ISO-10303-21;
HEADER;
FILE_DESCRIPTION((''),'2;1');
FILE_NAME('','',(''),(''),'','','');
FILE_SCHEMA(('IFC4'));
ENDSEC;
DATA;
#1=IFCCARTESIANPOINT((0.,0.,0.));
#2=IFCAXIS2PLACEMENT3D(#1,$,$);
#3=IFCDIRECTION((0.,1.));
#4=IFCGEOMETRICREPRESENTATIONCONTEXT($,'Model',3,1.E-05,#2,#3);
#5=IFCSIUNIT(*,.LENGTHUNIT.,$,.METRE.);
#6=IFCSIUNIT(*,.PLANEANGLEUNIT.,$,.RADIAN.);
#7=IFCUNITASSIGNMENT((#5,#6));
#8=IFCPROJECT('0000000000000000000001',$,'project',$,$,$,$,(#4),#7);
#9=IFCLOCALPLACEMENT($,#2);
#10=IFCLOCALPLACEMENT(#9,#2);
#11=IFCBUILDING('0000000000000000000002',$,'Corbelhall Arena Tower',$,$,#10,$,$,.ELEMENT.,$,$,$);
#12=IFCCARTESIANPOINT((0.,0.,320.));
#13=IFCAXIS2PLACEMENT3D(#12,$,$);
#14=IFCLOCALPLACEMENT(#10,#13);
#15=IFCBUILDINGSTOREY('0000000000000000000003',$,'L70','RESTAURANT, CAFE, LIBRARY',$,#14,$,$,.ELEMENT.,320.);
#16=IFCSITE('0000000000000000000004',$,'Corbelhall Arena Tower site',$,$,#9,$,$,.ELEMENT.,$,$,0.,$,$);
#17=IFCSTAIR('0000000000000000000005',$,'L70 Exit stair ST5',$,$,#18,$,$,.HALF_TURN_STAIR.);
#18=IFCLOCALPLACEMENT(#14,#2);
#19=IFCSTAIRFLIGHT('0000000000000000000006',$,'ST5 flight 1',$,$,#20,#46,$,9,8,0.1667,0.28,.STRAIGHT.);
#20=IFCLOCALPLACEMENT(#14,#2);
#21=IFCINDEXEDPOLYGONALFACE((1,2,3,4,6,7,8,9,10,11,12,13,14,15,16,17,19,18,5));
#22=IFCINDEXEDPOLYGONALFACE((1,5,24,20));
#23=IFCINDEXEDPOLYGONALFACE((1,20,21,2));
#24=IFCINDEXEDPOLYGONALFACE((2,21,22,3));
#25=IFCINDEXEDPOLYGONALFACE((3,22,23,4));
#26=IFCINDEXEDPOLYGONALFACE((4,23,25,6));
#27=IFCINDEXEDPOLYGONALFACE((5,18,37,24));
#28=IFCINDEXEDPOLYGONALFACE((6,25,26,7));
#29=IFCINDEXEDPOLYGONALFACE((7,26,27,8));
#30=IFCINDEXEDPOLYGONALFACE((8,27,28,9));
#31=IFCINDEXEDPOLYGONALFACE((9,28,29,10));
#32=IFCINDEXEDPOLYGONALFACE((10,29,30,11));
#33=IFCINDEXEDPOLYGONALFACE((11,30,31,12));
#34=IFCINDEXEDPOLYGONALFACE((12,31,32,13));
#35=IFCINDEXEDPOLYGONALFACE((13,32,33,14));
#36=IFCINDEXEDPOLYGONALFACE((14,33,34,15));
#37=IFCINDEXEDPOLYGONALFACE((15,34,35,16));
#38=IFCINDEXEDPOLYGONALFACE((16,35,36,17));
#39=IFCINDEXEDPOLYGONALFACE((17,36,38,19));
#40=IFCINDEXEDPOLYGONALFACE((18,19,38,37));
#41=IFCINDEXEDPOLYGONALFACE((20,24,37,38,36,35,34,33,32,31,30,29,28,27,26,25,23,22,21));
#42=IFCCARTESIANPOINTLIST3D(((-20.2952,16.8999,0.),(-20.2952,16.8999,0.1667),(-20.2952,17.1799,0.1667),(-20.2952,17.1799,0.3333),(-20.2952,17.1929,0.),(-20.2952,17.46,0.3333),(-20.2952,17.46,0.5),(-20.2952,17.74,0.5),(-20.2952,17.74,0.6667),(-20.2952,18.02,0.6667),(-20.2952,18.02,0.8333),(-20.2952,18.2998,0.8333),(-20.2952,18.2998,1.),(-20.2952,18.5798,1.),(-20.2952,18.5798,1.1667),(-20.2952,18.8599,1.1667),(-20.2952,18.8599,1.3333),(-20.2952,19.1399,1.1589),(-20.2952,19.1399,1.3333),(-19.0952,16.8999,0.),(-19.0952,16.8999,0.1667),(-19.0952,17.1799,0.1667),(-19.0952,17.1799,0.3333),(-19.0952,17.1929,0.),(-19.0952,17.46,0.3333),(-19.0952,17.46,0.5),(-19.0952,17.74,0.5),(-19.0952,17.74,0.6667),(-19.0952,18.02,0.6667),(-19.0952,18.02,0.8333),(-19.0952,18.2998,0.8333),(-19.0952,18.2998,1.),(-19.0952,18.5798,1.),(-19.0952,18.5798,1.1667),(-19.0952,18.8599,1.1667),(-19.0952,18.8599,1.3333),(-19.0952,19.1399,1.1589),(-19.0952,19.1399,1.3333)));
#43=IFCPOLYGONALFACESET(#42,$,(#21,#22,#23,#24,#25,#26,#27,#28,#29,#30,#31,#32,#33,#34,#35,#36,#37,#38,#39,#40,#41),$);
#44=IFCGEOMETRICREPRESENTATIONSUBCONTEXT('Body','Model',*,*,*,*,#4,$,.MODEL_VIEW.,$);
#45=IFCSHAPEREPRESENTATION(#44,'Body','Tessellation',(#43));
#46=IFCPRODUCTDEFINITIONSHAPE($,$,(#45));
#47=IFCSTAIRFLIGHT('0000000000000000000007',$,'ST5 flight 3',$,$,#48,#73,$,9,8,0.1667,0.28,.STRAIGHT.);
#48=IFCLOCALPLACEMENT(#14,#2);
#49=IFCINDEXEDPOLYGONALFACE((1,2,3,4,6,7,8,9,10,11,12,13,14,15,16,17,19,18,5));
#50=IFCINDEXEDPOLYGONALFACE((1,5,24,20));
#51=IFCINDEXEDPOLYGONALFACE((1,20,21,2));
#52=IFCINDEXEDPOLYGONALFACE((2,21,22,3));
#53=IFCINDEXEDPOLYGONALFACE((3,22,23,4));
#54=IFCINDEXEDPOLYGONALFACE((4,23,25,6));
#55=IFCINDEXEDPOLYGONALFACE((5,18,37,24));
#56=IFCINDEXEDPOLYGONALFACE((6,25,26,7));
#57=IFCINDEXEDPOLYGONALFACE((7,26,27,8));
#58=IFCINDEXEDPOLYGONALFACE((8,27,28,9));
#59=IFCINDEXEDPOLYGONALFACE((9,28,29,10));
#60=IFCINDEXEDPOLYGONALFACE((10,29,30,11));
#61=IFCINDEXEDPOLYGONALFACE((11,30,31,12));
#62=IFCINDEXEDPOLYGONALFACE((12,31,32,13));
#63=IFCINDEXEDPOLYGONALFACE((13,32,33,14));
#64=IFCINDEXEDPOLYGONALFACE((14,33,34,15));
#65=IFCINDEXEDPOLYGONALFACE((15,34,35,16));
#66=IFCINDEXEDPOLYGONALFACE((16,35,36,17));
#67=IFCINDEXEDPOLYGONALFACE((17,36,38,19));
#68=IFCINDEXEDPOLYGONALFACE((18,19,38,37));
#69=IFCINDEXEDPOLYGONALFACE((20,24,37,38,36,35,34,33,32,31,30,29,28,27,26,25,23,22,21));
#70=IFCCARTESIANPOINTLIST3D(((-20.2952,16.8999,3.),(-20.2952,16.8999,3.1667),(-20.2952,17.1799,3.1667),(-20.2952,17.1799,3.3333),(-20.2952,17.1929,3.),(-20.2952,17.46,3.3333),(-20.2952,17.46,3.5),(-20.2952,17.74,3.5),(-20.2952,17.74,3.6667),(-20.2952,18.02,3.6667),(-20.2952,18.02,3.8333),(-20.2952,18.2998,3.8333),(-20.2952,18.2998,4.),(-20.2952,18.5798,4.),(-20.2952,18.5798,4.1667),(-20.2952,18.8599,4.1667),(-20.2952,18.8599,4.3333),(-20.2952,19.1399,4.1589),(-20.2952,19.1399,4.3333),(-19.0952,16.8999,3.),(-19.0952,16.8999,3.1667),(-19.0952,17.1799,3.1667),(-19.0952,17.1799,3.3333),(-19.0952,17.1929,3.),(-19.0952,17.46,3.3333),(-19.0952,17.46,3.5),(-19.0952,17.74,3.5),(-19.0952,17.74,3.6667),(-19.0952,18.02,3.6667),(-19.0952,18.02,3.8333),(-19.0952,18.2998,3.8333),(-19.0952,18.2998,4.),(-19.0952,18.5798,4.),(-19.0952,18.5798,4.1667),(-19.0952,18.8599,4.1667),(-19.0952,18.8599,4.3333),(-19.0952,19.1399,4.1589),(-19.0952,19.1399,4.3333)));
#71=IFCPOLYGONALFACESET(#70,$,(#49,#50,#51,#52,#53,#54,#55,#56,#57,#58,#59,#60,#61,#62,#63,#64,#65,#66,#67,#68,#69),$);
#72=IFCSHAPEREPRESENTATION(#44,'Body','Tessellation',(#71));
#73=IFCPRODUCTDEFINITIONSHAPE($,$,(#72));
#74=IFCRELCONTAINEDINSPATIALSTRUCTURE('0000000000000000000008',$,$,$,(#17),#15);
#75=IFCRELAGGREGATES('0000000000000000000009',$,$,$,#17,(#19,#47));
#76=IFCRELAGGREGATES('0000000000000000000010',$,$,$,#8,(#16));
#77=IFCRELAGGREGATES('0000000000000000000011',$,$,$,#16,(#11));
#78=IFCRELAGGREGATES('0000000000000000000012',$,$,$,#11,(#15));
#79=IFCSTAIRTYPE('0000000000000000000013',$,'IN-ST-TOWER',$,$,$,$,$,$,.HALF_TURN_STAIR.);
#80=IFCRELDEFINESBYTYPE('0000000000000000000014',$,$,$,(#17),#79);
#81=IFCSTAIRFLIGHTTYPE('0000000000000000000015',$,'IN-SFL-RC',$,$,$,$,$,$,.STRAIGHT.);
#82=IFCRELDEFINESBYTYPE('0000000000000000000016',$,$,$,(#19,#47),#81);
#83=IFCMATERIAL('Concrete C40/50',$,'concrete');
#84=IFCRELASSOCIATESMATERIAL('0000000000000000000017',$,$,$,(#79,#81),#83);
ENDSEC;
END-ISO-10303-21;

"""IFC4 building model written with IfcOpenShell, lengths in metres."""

from ifc_helpers import new_model, si_unit, direction, frame, origin, place, context, subcontext, project, spatial, polyline, outline, extrude, material, type_object, element, aggregate, save


model = new_model("IFC4")

# Units and contexts
model_context = context("Model", 3, precision=1e-05, world=origin(), true_north=direction((0.0, 1.0)))
body_context = subcontext(model_context, "Body", "Model", "MODEL_VIEW")
ifc_project = project(units=[si_unit("LENGTHUNIT", "METRE"), si_unit("PLANEANGLEUNIT", "RADIAN")], contexts=[model_context])

# Site, building, storey
site_placement = place(None, origin())
site = spatial("IfcSite", under=ifc_project, at=site_placement, Name="Corbelhall Arena Tower site", CompositionType="ELEMENT", RefElevation=0.0)
building_placement = place(site_placement, origin())
building = spatial("IfcBuilding", under=site, at=building_placement, Name="Corbelhall Arena Tower", CompositionType="ELEMENT")
storey_placement = place(building_placement, frame((0.0, 0.0, 320.0)))
storey = spatial("IfcBuildingStorey", under=building, at=storey_placement, Name="L70", Description="RESTAURANT, CAFE, LIBRARY", CompositionType="ELEMENT", Elevation=320.0)

# Shared definitions
ifc_material_1 = material(Name="Concrete C40/50", Category="concrete")

# Stair, stair flights
stair_type = type_object("IfcStairType", Name="IN-ST-TOWER", PredefinedType="HALF_TURN_STAIR", material=ifc_material_1)
stair_placement = place(storey_placement, origin())
stair = element("IfcStair", 1, at=stair_placement, inside=storey, type_object=stair_type, Name="L70 Exit stair ST5", PredefinedType="HALF_TURN_STAIR")
stair_flight_type = type_object("IfcStairFlightType", Name="IN-SFL-RC", PredefinedType="STRAIGHT", material=ifc_material_1)
stair_flight_1_placement = place(storey_placement, frame((-19.6951, 16.8999, 0.0), z_axis=(0.0, 0.0, 1.0), x_axis=(0.0, 1.0, 0.0)))
stair_flight_1 = element("IfcStairFlight", 2, at=stair_flight_1_placement, type_object=stair_flight_type, Name="ST5 flight 1", NumberOfRisers=9, NumberOfTreads=8, PredefinedType="STRAIGHT", RiserHeight=0.1667, TreadLength=0.28, context=body_context, shape_type="SweptSolid", body=[
    extrude(outline(polyline([(0.0, 0.0), (0.0, 0.1667), (0.28, 0.1667), (0.28, 0.3333), (0.5601, 0.3333), (0.5601, 0.5), (0.8401, 0.5), (0.8401, 0.6667), (1.1201, 0.6667), (1.1201, 0.8333), (1.3999, 0.8333), (1.3999, 1.0), (1.6799, 1.0), (1.6799, 1.1667), (1.96, 1.1667), (1.96, 1.3333), (2.24, 1.3333), (2.24, 1.5), (2.24, 1.1589), (0.293, 0.0), (0.0, 0.0)])), frame((0.0, 0.6001, 0.0), z_axis=(0.0, -1.0, 0.0), x_axis=(1.0, 0.0, 0.0)), (0.0, 0.0, 1.0), 1.2),
])
stair_flight_2_placement = place(storey_placement, frame((-19.6951, 16.8999, 3.0), z_axis=(0.0, 0.0, 1.0), x_axis=(0.0, 1.0, 0.0)))
stair_flight_2 = element("IfcStairFlight", 3, at=stair_flight_2_placement, type_object=stair_flight_type, Name="ST5 flight 3", NumberOfRisers=9, NumberOfTreads=8, PredefinedType="STRAIGHT", RiserHeight=0.1667, TreadLength=0.28, context=body_context, shape_type="SweptSolid", body=[
    extrude(outline(polyline([(0.0, 0.0), (0.0, 0.1667), (0.28, 0.1667), (0.28, 0.3333), (0.5601, 0.3333), (0.5601, 0.5), (0.8401, 0.5), (0.8401, 0.6667), (1.1201, 0.6667), (1.1201, 0.8333), (1.3999, 0.8333), (1.3999, 1.0), (1.6799, 1.0), (1.6799, 1.1667), (1.96, 1.1667), (1.96, 1.3333), (2.24, 1.3333), (2.24, 1.5), (2.24, 1.1589), (0.293, 0.0), (0.0, 0.0)])), frame((0.0, 0.6001, 0.0), z_axis=(0.0, -1.0, 0.0), x_axis=(1.0, 0.0, 0.0)), (0.0, 0.0, 1.0), 1.2),
])
aggregate(stair, [stair_flight_1, stair_flight_2])

save(model, "model.ifc")
